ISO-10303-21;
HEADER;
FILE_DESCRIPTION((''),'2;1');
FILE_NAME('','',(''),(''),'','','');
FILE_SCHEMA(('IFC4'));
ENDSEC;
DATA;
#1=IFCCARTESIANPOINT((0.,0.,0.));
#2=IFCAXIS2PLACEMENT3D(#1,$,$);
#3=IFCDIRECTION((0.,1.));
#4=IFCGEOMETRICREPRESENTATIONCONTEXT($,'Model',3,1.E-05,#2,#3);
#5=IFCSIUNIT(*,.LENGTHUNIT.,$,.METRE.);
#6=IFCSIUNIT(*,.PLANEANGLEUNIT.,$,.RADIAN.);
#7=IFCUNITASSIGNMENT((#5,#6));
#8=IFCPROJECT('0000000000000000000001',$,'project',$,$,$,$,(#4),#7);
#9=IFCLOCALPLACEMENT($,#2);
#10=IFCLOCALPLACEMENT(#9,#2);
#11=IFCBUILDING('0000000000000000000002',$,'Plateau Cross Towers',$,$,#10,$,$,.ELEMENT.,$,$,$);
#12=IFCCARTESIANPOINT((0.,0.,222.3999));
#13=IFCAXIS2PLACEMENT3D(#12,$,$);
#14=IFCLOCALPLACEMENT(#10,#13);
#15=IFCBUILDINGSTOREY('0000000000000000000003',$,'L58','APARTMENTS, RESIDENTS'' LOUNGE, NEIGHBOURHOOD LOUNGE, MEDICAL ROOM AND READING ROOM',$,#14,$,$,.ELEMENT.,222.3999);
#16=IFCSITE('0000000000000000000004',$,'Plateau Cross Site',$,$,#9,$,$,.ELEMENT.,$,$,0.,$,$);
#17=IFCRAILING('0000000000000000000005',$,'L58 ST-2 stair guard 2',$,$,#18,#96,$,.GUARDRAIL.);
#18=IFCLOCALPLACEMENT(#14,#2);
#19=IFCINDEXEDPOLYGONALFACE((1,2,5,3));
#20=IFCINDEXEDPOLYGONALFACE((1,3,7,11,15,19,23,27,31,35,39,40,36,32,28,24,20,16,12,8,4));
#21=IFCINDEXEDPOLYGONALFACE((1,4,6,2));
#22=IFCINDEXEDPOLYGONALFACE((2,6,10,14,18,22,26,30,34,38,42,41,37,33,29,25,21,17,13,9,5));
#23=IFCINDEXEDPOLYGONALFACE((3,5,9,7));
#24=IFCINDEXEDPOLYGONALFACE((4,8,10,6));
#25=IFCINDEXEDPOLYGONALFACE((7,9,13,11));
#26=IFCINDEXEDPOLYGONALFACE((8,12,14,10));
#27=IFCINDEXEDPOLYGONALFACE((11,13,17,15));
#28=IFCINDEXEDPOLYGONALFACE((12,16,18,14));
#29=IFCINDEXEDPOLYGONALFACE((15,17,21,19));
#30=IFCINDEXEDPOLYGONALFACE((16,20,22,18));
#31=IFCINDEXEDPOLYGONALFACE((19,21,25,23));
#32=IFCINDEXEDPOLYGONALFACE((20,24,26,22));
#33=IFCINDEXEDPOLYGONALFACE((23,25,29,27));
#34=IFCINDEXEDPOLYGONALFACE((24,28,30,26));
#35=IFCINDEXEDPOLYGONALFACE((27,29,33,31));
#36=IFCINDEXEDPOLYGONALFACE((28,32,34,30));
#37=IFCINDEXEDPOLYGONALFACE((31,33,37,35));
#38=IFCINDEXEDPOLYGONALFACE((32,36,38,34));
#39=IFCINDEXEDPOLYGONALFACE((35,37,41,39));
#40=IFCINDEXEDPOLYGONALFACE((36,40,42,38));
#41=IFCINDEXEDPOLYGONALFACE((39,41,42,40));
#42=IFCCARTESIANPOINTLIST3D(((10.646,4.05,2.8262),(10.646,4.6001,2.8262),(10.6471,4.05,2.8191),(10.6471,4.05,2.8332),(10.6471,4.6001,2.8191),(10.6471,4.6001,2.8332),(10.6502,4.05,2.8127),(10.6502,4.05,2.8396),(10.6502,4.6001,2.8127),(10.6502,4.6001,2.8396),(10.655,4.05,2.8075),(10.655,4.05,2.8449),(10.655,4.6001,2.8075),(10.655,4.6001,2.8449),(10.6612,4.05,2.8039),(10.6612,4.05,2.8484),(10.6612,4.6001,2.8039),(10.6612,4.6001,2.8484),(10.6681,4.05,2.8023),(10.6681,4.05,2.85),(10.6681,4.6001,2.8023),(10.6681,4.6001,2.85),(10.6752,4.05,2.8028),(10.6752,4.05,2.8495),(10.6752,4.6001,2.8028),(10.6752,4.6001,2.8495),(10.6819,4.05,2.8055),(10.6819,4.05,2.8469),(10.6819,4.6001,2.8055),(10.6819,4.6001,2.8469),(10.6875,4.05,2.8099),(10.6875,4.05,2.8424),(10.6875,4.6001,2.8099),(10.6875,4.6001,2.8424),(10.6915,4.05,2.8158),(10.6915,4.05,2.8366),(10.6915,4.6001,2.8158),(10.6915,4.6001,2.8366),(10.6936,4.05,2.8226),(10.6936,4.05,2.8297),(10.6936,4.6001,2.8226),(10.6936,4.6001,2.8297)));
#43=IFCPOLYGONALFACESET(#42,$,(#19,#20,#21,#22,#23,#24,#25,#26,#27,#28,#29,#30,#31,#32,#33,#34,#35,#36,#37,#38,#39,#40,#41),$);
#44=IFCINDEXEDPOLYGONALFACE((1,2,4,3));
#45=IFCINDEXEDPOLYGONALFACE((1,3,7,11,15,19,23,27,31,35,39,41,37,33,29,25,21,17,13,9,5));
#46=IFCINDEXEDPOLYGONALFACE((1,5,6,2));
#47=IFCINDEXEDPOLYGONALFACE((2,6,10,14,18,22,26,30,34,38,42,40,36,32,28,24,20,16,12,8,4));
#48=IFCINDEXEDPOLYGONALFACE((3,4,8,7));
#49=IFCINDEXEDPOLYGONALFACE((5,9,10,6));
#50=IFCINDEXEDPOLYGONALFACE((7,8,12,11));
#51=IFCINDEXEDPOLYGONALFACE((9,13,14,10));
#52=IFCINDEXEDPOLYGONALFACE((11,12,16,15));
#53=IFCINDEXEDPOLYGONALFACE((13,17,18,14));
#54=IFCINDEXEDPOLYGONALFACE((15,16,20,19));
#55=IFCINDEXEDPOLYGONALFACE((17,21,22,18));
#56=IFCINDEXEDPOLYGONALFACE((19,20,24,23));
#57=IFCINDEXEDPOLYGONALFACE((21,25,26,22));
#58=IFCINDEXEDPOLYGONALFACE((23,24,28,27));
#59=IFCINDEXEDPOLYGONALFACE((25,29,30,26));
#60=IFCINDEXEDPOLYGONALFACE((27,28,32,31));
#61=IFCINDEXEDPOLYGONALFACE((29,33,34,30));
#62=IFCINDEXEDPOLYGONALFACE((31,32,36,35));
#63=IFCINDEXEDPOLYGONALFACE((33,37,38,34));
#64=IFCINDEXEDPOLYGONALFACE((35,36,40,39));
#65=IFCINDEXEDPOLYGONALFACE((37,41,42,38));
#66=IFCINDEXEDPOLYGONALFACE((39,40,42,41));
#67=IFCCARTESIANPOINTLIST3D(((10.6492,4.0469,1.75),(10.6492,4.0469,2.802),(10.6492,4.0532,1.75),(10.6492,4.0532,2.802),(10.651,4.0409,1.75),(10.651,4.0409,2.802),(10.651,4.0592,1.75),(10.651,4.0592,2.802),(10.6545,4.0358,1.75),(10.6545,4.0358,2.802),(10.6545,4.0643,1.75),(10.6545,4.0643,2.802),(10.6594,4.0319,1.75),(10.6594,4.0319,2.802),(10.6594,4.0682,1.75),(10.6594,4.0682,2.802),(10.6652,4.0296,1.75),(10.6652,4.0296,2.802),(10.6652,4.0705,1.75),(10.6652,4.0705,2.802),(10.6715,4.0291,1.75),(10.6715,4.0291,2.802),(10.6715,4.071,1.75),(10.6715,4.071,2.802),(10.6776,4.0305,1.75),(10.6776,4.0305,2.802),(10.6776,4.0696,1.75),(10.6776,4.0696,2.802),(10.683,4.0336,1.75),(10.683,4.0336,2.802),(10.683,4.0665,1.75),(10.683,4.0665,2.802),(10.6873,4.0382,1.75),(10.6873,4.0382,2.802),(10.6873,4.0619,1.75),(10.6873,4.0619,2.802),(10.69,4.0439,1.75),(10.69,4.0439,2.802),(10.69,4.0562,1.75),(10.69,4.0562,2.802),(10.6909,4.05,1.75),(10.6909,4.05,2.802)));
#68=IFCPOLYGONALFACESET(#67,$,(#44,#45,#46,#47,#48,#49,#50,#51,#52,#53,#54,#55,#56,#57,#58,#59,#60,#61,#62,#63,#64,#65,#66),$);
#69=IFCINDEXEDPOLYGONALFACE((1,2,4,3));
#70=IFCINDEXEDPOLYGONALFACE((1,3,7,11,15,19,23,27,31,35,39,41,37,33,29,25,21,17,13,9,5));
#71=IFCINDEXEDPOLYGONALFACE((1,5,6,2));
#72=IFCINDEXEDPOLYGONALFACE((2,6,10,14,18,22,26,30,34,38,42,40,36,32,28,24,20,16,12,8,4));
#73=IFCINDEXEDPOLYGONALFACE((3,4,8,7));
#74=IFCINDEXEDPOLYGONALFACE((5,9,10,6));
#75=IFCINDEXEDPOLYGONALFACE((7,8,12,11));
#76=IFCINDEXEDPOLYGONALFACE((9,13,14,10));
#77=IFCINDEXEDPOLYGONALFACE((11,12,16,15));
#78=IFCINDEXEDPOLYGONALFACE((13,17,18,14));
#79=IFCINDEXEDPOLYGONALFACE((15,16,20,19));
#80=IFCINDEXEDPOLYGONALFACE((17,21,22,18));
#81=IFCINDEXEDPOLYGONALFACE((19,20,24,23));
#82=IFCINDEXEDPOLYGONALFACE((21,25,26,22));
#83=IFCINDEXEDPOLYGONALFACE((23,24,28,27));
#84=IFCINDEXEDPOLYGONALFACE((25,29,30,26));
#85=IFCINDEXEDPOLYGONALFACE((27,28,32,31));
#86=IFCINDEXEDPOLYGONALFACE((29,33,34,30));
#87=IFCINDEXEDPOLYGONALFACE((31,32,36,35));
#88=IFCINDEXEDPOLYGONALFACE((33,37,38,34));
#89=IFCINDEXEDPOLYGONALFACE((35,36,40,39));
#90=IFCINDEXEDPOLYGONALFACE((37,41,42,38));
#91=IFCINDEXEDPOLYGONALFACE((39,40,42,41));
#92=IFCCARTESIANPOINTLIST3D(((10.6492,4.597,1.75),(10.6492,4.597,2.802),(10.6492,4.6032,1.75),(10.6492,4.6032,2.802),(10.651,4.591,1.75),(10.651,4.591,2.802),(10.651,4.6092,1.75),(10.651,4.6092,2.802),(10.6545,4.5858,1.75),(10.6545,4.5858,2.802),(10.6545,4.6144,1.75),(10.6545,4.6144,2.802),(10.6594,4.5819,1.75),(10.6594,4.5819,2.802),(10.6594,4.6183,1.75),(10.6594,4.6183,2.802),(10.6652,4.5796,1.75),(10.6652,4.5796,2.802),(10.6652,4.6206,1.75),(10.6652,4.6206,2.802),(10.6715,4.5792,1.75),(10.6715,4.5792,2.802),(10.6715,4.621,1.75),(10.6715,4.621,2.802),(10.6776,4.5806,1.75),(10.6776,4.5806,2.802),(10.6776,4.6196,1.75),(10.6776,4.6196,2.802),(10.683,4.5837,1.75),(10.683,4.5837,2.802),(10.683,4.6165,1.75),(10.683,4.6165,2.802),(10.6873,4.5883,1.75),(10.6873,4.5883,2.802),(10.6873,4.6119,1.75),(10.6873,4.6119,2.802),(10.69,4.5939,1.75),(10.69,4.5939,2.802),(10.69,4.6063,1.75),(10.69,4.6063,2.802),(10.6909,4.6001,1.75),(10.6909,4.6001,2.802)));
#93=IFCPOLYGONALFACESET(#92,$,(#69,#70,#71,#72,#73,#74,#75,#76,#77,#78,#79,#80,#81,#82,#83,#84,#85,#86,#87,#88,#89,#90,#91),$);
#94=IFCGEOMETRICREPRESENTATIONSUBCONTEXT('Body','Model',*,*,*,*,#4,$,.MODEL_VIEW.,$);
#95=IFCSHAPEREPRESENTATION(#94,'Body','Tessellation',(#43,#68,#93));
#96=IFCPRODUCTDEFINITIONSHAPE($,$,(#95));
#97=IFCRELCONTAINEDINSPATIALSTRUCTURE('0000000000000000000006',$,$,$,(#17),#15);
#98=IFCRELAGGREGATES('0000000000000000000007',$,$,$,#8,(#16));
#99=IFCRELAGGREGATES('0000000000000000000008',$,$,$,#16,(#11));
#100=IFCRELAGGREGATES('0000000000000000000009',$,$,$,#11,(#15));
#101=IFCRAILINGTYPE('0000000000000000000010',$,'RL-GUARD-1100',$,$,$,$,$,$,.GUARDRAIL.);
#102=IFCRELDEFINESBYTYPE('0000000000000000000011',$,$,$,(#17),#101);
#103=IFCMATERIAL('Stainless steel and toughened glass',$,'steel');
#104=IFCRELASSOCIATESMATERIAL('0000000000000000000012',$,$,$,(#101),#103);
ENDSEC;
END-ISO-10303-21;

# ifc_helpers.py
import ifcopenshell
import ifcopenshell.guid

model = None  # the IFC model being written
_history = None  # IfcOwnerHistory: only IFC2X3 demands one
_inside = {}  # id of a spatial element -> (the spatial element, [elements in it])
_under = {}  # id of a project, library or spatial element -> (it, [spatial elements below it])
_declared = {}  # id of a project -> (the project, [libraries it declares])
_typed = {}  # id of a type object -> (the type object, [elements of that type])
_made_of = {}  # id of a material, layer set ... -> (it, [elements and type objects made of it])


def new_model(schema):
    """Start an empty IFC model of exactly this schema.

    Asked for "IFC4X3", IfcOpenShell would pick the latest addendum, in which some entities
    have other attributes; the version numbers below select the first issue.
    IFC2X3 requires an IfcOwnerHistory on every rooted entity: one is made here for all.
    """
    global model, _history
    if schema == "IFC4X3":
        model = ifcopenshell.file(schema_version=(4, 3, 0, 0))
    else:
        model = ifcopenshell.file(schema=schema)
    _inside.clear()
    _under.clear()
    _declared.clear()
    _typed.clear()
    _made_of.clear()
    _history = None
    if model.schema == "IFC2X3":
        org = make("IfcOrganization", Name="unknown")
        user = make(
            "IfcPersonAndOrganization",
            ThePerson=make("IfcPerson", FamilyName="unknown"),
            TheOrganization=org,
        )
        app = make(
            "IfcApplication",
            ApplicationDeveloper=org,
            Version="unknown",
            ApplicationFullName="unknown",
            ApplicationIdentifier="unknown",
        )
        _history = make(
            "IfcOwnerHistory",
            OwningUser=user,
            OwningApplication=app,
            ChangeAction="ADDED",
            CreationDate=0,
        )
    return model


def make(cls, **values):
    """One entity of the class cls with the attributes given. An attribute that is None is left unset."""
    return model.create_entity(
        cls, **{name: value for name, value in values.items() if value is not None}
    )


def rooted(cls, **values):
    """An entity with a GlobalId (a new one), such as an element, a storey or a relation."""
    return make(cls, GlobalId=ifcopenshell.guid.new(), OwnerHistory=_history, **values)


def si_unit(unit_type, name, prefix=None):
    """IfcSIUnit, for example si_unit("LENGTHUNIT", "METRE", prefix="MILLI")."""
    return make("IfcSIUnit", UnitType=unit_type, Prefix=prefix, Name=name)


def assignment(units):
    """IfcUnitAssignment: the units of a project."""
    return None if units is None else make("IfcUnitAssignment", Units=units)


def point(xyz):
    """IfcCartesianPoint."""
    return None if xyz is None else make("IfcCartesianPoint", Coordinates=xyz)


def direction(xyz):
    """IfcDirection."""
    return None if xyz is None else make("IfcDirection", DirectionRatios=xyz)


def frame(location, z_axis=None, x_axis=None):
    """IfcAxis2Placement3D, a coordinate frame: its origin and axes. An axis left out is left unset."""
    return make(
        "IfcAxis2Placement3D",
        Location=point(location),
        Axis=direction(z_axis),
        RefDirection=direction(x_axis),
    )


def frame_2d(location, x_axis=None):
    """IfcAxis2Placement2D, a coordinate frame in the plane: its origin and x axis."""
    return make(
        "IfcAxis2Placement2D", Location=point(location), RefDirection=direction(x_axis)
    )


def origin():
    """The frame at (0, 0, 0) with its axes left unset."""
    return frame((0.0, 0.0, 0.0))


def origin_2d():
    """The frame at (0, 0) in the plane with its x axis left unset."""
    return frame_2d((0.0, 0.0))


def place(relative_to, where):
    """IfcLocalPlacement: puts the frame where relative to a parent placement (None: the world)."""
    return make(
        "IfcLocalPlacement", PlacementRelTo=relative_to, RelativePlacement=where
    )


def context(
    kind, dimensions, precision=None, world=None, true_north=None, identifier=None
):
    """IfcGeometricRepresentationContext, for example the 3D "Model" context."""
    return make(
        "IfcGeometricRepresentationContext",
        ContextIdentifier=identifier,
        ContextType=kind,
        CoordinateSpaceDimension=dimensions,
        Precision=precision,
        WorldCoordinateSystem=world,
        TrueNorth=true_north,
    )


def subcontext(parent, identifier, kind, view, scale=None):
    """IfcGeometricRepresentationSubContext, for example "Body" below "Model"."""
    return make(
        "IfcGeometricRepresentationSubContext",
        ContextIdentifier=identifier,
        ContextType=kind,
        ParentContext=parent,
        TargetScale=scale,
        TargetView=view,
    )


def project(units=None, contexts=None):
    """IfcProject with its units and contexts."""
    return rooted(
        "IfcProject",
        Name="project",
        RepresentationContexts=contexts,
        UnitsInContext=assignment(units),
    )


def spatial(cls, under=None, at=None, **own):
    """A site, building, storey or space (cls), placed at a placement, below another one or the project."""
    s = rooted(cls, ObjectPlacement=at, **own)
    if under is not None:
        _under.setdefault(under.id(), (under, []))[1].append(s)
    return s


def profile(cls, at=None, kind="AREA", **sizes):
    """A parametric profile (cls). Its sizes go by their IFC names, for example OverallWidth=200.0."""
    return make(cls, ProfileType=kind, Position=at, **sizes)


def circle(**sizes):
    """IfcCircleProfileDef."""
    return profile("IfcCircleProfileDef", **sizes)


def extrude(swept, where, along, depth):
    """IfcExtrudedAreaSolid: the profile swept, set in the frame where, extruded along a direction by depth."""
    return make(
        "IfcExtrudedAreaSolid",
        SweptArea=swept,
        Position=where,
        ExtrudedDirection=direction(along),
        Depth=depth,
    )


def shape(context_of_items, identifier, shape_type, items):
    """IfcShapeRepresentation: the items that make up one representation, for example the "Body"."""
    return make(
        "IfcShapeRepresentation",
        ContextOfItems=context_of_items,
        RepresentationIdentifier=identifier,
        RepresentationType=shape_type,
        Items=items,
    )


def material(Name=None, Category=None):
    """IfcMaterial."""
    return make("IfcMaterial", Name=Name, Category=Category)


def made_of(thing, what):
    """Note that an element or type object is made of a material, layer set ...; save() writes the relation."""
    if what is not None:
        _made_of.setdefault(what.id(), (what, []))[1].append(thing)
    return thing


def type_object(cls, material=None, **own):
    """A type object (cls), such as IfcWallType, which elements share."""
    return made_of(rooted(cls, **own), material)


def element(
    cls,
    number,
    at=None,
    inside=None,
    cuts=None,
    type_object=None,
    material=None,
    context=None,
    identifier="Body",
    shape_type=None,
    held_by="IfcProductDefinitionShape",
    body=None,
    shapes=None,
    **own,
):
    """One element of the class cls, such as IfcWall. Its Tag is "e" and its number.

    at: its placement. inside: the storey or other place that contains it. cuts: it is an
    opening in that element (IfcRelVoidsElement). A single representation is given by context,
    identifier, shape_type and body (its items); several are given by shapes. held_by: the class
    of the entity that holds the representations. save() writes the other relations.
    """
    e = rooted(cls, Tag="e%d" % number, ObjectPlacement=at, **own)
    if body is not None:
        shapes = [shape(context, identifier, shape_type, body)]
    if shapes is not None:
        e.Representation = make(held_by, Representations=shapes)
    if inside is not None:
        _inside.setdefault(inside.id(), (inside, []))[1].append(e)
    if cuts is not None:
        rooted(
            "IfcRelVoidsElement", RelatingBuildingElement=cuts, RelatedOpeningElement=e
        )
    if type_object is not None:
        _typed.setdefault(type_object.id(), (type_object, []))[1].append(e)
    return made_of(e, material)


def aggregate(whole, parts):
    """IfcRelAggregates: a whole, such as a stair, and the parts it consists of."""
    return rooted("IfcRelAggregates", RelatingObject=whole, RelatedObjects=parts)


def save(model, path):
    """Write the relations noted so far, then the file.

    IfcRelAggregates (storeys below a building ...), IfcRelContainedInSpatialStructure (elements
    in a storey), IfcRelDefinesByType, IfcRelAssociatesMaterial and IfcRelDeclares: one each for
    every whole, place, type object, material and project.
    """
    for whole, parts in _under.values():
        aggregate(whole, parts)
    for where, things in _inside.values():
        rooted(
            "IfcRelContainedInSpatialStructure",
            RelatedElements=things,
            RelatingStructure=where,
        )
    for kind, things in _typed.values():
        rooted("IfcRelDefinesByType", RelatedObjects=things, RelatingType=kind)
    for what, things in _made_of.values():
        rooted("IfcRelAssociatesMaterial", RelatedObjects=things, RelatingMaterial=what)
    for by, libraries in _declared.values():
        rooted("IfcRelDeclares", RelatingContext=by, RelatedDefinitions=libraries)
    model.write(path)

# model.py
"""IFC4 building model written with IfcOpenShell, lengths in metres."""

from ifc_helpers import new_model, si_unit, direction, frame, origin, origin_2d, place, context, subcontext, project, spatial, circle, extrude, material, type_object, element, save


model = new_model("IFC4")

# Units and contexts
model_context = context("Model", 3, precision=1e-05, world=origin(), true_north=direction((0.0, 1.0)))
body_context = subcontext(model_context, "Body", "Model", "MODEL_VIEW")
ifc_project = project(units=[si_unit("LENGTHUNIT", "METRE"), si_unit("PLANEANGLEUNIT", "RADIAN")], contexts=[model_context])

# Site, building, storey
site_placement = place(None, origin())
site = spatial("IfcSite", under=ifc_project, at=site_placement, Name="Plateau Cross Site", CompositionType="ELEMENT", RefElevation=0.0)
building_placement = place(site_placement, origin())
building = spatial("IfcBuilding", under=site, at=building_placement, Name="Plateau Cross Towers", CompositionType="ELEMENT")
storey_placement = place(building_placement, frame((0.0, 0.0, 222.3999)))
storey = spatial("IfcBuildingStorey", under=building, at=storey_placement, Name="L58", Description="APARTMENTS, RESIDENTS' LOUNGE, NEIGHBOURHOOD LOUNGE, MEDICAL ROOM AND READING ROOM", CompositionType="ELEMENT", Elevation=222.3999)

# Railing
ifc_material_1 = material(Name="Stainless steel and toughened glass", Category="steel")
railing_type_1 = type_object("IfcRailingType", Name="RL-GUARD-1100", PredefinedType="GUARDRAIL", material=ifc_material_1)
railing_1_placement = place(storey_placement, frame((10.6699, 4.05, 1.75)))
element("IfcRailing", 1, at=railing_1_placement, inside=storey, type_object=railing_type_1, Name="L58 ST-2 stair guard 2", PredefinedType="GUARDRAIL", context=body_context, shape_type="SweptSolid", body=[
    extrude(circle(Radius=0.0239, at=origin_2d()), frame((0.0, 0.0, 1.0762), z_axis=(0.0, 1.0, 0.0), x_axis=(-1.0, 0.0, 0.0)), (0.0, 0.0, 1.0), 0.55),
    extrude(circle(Radius=0.021, at=origin_2d()), origin(), (0.0, 0.0, 1.0), 1.052),
    extrude(circle(Radius=0.021, at=origin_2d()), frame((0.0, 0.55, 0.0)), (0.0, 0.0, 1.0), 1.052),
])

save(model, "model.ifc")
